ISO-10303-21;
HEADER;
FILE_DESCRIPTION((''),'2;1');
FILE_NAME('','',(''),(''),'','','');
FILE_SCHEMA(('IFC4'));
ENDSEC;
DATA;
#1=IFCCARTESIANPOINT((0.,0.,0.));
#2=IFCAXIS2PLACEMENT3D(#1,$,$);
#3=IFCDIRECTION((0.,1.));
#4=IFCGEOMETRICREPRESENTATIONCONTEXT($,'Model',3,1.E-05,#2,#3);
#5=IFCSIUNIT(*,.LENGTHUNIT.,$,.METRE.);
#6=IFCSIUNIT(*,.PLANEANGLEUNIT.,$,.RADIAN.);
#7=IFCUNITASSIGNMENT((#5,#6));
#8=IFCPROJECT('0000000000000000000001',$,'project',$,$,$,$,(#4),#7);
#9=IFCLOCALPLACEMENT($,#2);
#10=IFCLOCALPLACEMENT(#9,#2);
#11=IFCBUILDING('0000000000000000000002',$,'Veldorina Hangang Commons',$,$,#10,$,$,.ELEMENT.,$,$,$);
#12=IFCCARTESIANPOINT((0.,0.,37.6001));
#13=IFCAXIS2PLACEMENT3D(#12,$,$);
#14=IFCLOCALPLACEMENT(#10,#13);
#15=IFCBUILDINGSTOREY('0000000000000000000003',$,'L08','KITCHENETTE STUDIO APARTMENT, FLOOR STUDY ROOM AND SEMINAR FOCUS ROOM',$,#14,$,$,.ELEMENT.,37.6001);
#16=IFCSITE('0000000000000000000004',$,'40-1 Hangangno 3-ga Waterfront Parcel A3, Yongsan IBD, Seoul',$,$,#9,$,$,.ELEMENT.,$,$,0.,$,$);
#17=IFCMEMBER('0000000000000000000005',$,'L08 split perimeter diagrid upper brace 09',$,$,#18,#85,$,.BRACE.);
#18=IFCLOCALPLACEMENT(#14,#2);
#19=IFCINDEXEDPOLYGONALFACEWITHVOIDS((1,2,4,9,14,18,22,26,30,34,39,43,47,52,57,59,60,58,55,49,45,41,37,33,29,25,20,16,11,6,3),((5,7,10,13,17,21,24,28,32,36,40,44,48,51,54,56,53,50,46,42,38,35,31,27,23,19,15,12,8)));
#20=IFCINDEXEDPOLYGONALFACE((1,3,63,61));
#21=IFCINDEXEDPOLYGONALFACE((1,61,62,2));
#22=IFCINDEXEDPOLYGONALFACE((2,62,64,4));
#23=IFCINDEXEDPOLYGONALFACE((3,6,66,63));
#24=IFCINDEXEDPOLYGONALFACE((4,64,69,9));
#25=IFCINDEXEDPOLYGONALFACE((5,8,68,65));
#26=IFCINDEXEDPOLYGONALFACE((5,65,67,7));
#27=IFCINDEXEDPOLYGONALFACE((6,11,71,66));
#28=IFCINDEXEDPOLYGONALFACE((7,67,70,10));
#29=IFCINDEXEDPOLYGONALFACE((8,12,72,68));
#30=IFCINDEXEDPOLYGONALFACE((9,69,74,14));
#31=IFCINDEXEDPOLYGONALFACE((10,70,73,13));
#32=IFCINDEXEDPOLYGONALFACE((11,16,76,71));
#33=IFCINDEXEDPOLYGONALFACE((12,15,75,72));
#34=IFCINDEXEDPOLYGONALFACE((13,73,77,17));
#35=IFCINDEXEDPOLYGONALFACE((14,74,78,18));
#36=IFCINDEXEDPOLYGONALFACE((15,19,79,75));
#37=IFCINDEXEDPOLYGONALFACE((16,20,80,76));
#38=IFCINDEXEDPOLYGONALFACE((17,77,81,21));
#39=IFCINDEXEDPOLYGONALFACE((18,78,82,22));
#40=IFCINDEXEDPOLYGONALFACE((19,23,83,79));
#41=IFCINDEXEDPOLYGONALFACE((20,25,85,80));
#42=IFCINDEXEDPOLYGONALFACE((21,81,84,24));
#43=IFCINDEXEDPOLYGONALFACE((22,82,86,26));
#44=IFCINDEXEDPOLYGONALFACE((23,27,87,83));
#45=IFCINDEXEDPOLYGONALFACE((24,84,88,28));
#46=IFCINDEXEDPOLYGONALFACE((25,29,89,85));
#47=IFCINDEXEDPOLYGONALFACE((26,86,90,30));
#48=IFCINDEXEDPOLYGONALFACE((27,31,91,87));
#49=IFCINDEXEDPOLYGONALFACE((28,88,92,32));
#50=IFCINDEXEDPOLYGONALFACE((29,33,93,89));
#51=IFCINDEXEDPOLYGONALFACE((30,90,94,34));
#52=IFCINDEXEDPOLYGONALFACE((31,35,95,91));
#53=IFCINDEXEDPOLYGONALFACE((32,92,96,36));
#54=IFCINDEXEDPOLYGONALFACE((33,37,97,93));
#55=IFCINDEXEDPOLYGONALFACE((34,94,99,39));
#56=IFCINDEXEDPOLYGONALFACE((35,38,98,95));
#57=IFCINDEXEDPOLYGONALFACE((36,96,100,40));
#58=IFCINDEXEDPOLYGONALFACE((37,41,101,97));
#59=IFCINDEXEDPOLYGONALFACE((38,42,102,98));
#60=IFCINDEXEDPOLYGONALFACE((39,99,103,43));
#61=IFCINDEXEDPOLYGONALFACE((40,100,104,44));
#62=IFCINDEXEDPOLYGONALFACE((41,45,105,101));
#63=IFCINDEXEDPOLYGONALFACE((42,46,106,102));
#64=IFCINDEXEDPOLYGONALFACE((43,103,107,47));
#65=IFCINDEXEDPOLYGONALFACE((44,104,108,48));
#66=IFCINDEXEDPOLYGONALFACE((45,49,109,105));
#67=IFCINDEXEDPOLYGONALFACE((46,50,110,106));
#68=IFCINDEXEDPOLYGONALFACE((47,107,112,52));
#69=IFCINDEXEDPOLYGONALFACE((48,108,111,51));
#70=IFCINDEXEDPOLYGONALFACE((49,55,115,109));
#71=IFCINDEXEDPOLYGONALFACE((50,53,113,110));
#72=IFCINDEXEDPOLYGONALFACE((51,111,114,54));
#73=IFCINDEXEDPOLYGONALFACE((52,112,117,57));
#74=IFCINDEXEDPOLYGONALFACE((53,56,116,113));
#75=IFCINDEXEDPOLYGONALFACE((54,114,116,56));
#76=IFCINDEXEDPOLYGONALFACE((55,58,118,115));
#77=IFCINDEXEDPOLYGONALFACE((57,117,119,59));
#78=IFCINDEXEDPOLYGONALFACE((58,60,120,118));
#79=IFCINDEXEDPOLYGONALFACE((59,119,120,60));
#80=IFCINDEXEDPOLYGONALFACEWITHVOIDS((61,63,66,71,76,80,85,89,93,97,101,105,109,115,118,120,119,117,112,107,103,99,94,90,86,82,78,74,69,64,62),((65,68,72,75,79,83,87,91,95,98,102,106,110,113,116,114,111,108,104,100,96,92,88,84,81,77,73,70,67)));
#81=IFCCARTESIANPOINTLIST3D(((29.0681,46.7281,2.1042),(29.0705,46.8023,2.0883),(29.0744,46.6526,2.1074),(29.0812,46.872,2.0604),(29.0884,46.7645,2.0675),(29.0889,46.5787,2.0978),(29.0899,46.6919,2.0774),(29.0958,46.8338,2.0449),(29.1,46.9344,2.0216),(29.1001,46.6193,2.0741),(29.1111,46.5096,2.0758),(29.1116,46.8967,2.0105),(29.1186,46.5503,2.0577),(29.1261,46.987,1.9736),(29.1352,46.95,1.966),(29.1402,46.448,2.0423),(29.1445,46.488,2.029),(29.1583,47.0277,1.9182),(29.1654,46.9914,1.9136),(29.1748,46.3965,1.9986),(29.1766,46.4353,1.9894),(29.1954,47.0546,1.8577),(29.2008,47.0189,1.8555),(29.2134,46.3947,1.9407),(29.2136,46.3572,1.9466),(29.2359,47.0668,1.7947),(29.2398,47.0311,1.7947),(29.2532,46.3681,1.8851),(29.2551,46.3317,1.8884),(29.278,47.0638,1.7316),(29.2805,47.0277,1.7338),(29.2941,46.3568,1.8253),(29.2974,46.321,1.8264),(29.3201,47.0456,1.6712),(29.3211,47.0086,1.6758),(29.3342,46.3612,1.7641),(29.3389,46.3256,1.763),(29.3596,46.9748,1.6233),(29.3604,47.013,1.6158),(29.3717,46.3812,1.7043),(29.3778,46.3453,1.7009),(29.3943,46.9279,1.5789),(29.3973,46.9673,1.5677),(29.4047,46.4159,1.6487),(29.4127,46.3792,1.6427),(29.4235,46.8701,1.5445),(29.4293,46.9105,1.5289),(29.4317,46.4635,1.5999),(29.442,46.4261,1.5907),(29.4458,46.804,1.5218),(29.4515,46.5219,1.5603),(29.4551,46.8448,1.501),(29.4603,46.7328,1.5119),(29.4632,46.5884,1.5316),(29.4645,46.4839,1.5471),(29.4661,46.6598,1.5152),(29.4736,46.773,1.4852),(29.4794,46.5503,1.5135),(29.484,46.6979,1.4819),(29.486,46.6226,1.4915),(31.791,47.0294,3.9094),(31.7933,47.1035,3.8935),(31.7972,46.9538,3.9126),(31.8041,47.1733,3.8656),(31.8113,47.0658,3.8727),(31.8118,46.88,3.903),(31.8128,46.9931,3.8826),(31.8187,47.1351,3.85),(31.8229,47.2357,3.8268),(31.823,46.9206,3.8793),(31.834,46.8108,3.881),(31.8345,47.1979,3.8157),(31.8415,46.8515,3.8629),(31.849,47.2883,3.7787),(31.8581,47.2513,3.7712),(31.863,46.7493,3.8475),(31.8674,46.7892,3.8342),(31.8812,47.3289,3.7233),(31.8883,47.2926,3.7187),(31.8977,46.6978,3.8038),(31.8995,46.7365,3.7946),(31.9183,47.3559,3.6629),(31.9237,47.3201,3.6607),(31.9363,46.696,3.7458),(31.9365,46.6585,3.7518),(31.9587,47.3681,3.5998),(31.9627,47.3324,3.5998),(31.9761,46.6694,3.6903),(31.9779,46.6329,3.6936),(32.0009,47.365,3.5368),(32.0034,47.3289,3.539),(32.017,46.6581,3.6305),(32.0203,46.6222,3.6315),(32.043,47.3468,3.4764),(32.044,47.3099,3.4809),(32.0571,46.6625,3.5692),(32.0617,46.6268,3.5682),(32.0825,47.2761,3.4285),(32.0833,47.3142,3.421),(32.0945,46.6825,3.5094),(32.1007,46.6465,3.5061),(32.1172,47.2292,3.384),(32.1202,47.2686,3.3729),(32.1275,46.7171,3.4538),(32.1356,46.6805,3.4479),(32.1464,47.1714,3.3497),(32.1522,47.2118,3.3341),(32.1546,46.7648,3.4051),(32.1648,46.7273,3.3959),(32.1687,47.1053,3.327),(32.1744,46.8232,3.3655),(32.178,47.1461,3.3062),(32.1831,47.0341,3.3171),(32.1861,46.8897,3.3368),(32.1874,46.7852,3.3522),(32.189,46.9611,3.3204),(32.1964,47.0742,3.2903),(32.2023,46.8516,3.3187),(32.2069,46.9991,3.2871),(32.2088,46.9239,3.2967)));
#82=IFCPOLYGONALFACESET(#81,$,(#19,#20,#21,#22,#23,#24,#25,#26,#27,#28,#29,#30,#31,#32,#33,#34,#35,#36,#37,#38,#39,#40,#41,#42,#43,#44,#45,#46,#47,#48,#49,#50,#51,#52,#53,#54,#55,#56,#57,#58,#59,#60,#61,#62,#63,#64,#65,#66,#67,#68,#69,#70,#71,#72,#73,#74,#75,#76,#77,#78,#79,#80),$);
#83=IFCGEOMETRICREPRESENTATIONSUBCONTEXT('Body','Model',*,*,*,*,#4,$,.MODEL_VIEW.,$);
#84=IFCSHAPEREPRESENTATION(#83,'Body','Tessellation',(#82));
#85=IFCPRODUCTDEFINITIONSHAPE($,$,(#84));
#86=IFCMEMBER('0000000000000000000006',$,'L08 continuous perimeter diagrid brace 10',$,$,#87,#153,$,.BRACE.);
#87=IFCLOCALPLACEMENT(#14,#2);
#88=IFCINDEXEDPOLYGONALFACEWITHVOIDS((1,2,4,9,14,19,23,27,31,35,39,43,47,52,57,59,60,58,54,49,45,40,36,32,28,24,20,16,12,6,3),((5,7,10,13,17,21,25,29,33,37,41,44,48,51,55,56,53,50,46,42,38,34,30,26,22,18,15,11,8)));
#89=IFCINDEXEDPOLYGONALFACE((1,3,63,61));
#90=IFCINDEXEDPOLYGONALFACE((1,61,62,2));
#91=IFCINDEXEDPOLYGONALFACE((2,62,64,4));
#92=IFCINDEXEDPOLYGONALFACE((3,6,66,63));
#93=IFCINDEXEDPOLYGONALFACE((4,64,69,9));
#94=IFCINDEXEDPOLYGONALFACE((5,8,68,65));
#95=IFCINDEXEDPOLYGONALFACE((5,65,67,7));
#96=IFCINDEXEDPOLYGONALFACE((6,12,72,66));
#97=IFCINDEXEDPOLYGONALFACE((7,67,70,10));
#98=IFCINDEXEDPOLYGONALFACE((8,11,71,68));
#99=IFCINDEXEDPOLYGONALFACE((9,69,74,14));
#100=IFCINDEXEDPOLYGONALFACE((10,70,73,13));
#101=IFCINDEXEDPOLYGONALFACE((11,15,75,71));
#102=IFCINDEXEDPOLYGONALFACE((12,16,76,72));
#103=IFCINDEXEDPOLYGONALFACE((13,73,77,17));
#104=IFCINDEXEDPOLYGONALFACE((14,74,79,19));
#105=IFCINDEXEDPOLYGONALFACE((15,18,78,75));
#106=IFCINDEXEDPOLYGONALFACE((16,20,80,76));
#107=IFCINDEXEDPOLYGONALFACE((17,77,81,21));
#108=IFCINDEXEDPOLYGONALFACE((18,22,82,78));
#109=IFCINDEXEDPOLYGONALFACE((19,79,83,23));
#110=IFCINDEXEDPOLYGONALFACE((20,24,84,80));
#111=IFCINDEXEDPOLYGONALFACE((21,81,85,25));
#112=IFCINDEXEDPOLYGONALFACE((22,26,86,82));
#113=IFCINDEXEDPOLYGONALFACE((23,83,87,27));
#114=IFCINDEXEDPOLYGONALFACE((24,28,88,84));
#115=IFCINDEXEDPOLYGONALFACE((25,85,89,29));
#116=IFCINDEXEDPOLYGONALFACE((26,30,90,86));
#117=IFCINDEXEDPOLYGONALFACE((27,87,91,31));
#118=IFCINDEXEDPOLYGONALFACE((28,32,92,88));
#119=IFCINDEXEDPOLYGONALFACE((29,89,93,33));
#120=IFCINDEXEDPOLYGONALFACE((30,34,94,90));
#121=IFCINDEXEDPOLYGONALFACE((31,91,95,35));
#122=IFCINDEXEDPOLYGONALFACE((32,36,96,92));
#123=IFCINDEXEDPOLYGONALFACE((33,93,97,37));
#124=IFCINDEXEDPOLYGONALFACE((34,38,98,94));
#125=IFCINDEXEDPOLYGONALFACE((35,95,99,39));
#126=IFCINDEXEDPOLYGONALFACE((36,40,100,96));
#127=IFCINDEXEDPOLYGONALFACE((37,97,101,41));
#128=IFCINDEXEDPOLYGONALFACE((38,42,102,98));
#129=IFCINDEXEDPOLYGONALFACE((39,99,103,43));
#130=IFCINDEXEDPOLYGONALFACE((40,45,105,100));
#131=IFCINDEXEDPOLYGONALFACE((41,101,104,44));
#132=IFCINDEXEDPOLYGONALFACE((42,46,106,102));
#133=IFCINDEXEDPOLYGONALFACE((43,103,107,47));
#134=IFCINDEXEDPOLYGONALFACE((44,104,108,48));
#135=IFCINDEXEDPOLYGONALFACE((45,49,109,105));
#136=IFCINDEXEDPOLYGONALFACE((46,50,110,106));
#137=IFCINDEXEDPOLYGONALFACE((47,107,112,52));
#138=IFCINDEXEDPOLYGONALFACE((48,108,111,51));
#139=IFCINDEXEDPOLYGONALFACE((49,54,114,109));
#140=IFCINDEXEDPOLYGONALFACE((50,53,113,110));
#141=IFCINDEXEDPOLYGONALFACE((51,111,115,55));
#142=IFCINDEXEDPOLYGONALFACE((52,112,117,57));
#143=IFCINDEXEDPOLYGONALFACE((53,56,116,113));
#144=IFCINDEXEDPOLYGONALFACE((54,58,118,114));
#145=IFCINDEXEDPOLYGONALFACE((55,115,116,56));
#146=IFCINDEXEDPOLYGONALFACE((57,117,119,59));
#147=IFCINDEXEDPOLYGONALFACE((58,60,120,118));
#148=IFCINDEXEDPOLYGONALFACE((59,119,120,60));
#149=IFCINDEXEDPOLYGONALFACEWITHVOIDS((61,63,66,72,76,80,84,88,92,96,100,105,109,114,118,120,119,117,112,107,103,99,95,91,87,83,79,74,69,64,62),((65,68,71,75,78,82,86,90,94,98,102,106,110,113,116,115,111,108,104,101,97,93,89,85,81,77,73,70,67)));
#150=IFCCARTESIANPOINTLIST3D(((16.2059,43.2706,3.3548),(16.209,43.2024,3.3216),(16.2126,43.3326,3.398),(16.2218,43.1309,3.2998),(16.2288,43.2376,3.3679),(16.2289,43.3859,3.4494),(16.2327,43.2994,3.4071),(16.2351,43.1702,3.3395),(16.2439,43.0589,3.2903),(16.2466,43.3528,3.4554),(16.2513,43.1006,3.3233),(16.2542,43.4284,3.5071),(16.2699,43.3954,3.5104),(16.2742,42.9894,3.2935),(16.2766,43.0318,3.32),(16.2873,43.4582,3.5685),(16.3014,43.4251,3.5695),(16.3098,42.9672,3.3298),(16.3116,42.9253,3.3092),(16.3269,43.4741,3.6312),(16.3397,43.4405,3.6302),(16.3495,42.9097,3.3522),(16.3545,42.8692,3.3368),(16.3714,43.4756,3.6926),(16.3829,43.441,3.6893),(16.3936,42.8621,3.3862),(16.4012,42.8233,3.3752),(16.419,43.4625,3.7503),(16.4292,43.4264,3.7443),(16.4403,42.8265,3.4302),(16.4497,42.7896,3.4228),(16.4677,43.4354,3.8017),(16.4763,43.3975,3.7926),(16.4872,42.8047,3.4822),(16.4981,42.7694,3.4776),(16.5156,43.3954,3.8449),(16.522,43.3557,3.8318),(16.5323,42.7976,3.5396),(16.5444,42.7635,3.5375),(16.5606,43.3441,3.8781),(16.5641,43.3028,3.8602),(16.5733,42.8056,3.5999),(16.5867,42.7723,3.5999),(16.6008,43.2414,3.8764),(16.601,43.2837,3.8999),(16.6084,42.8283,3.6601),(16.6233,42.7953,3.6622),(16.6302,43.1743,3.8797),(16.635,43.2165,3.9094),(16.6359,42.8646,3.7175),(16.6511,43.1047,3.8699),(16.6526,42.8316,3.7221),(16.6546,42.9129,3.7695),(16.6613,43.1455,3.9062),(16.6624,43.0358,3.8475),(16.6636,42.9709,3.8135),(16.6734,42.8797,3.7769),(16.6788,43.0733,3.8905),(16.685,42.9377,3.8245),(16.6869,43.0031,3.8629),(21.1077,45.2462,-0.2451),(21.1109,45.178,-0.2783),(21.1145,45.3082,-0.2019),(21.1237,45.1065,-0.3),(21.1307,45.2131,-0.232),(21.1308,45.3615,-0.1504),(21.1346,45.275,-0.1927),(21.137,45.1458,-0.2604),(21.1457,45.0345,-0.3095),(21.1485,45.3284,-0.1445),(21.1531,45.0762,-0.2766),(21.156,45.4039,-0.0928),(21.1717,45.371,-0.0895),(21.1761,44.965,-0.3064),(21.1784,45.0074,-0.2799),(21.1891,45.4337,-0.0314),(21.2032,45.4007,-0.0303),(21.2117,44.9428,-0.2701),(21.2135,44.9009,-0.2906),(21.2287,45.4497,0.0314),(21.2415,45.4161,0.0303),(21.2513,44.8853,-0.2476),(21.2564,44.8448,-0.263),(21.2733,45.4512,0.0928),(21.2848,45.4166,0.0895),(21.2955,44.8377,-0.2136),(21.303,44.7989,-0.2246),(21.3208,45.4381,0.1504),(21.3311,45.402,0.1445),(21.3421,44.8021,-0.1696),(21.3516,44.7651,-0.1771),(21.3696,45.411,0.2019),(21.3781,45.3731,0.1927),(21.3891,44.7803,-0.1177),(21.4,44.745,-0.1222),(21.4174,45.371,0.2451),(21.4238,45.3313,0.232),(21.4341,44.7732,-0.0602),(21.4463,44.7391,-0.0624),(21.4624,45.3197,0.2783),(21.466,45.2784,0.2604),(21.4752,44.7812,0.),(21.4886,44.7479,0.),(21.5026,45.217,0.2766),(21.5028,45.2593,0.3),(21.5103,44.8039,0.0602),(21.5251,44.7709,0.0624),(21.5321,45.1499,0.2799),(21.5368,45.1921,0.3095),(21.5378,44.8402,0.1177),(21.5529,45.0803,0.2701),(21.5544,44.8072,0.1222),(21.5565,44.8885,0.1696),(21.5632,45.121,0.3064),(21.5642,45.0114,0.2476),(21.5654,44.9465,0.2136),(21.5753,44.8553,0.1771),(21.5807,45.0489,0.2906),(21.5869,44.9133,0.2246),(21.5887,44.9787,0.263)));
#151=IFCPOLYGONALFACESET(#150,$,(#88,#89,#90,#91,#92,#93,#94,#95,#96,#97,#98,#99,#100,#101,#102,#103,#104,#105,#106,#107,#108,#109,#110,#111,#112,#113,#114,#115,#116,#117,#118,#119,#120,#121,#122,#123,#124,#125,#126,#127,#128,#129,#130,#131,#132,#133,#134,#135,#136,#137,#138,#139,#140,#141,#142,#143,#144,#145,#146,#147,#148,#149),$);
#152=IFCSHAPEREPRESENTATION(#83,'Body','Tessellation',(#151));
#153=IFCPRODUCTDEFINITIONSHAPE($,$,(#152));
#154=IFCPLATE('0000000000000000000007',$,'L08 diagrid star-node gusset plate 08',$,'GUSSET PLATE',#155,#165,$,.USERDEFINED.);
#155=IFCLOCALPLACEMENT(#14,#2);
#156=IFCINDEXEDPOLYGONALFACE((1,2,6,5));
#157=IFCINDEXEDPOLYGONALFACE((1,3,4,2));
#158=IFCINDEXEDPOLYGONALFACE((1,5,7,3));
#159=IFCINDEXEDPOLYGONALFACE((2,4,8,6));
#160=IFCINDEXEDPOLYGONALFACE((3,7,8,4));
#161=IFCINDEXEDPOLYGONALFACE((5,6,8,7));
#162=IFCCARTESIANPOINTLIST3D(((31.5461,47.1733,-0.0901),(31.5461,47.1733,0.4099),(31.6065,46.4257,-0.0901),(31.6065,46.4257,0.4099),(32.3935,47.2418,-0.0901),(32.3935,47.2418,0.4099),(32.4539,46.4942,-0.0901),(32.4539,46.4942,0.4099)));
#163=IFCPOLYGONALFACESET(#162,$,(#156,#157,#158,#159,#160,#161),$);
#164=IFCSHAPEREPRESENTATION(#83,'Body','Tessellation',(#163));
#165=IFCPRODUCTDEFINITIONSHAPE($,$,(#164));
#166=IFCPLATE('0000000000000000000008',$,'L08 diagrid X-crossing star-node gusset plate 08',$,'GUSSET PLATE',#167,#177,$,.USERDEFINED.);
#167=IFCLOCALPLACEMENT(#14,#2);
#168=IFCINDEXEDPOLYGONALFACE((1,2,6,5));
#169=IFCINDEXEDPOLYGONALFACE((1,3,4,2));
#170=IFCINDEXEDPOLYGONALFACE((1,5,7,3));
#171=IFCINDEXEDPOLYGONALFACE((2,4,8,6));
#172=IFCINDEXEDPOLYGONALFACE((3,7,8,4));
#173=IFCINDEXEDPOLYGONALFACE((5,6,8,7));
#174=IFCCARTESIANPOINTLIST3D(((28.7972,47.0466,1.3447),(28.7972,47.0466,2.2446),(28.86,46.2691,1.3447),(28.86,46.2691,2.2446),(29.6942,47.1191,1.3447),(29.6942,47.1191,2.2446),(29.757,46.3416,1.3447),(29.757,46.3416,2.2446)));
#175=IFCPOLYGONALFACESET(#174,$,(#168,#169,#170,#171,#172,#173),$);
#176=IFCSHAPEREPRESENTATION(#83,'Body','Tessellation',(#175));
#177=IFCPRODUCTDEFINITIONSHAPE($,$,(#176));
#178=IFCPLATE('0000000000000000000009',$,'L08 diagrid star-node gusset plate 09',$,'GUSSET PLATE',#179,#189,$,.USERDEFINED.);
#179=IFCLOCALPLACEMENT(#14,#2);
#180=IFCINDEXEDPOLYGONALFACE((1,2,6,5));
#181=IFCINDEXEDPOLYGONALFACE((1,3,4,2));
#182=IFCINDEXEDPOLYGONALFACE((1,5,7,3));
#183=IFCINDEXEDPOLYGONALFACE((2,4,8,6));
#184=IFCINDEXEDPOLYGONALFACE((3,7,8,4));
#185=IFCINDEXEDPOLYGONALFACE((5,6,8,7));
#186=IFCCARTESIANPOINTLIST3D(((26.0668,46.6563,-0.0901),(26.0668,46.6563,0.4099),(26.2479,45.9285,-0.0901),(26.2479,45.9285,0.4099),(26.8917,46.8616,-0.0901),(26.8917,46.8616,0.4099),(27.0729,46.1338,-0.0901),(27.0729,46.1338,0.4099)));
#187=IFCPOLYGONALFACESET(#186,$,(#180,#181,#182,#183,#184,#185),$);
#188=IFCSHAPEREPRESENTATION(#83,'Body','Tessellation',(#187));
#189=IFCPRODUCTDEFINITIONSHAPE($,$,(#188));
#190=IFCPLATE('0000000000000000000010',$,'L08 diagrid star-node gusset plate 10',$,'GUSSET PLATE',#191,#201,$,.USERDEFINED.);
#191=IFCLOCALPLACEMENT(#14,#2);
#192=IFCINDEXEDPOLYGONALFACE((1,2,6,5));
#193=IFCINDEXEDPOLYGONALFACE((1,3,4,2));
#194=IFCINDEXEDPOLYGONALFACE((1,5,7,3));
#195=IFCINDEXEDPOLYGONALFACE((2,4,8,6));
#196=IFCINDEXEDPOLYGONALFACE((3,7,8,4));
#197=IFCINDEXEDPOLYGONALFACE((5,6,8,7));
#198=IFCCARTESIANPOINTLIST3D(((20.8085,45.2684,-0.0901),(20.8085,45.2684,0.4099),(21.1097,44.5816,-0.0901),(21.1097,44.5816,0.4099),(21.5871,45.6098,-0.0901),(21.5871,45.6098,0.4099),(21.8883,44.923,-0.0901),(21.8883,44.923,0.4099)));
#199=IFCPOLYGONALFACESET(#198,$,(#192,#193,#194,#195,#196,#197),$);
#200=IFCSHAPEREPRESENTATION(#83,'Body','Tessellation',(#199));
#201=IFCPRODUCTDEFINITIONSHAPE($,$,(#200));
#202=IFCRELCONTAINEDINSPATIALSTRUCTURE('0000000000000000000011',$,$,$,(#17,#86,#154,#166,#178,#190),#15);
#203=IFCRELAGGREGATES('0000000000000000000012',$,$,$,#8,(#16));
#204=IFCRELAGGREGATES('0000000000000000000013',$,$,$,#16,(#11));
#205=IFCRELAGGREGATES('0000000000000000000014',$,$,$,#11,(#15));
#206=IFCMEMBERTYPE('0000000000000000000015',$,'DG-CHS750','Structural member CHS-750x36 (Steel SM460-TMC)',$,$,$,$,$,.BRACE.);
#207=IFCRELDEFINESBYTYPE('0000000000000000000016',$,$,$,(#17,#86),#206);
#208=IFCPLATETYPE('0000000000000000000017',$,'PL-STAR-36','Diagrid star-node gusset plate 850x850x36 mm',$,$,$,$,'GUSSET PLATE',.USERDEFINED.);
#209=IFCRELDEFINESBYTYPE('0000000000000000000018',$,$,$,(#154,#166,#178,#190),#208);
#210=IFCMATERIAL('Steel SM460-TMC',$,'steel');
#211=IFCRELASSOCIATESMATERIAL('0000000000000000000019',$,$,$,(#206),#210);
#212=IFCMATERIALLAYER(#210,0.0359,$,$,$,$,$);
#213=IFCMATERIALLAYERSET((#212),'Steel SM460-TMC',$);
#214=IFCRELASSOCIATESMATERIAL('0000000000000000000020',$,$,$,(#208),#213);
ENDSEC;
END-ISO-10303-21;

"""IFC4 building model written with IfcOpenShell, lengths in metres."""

from ifc_helpers import new_model, si_unit, direction, frame, origin, origin_2d, place, context, subcontext, project, spatial, rectangle, hollow_circle, extrude, material, layer, layer_set, material_profile, profile_set, type_object, element, save


model = new_model("IFC4")

# Units and contexts
model_context = context("Model", 3, precision=1e-05, world=origin(), true_north=direction((0.0, 1.0)))
body_context = subcontext(model_context, "Body", "Model", "MODEL_VIEW")
ifc_project = project(units=[si_unit("LENGTHUNIT", "METRE"), si_unit("PLANEANGLEUNIT", "RADIAN")], contexts=[model_context])

# Site, building, storey
site_placement = place(None, origin())
site = spatial("IfcSite", under=ifc_project, at=site_placement, Name="40-1 Hangangno 3-ga Waterfront Parcel A3, Yongsan IBD, Seoul", CompositionType="ELEMENT", RefElevation=0.0)
building_placement = place(site_placement, origin())
building = spatial("IfcBuilding", under=site, at=building_placement, Name="Veldorina Hangang Commons", CompositionType="ELEMENT")
storey_placement = place(building_placement, frame((0.0, 0.0, 37.6001)))
storey = spatial("IfcBuildingStorey", under=building, at=storey_placement, Name="L08", Description="KITCHENETTE STUDIO APARTMENT, FLOOR STUDY ROOM AND SEMINAR FOCUS ROOM", CompositionType="ELEMENT", Elevation=37.6001)

# Shared definitions
ifc_material_1 = material(Name="Steel SM460-TMC", Category="steel")

# Members
ifc_material_profile_1 = material_profile(ifc_material_1, hollow_circle(Radius=0.375, WallThickness=0.0359, at=origin_2d()), Name="CHS-750x36")
ifc_profile_set_1 = profile_set([ifc_material_profile_1], Name="Steel SM460-TMC")
member_type = type_object("IfcMemberType", Name="DG-CHS750", Description="Structural member CHS-750x36 (Steel SM460-TMC)", PredefinedType="BRACE", material=ifc_profile_set_1)
member_1_placement = place(storey_placement, frame((29.2771, 46.6941, 1.7947), z_axis=(0.829952, 0.091828, 0.550225), x_axis=(-0.109972, 0.993935, 0.0)))
element("IfcMember", 1, at=member_1_placement, inside=storey, type_object=member_type, Name="L08 split perimeter diagrid upper brace 09", PredefinedType="BRACE", context=body_context, shape_type="SweptSolid", body=[
    extrude(hollow_circle(Radius=0.375, WallThickness=0.0359, at=origin_2d()), origin(), (0.0, 0.0, 1.0), 3.2808),
])
member_2_placement = place(storey_placement, frame((21.3484, 45.0957, 0.0), z_axis=(-0.76657, -0.308949, 0.562958), x_axis=(0.373811, -0.927505, 0.0)))
element("IfcMember", 2, at=member_2_placement, inside=storey, type_object=member_type, Name="L08 continuous perimeter diagrid brace 10", PredefinedType="BRACE", context=body_context, shape_type="SweptSolid", body=[
    extrude(hollow_circle(Radius=0.375, WallThickness=0.0359, at=origin_2d()), origin(), (0.0, 0.0, 1.0), 6.3945),
])

# Plates
ifc_layer_1 = layer(ifc_material_1, 0.0359)
ifc_layer_set_1 = layer_set([ifc_layer_1], Name="Steel SM460-TMC")
plate_type = type_object("IfcPlateType", Name="PL-STAR-36", Description="Diagrid star-node gusset plate 850x850x36 mm", ElementType="GUSSET PLATE", PredefinedType="USERDEFINED", material=ifc_layer_set_1)
plate_1_placement = place(storey_placement, frame((32.0, 46.8337, -0.0901), z_axis=(0.0, 0.0, 1.0), x_axis=(-0.996752, -0.080529, 0.0)))
element("IfcPlate", 3, at=plate_1_placement, inside=storey, type_object=plate_type, Name="L08 diagrid star-node gusset plate 08", ObjectType="GUSSET PLATE", PredefinedType="USERDEFINED", context=body_context, shape_type="SweptSolid", body=[
    extrude(rectangle(XDim=0.8501, YDim=0.75, at=origin_2d()), origin(), (0.0, 0.0, 1.0), 0.5),
])
plate_2_placement = place(storey_placement, frame((29.2771, 46.6941, 1.3447), z_axis=(0.0, 0.0, 1.0), x_axis=(-0.996752, -0.080529, 0.0)))
element("IfcPlate", 4, at=plate_2_placement, inside=storey, type_object=plate_type, Name="L08 diagrid X-crossing star-node gusset plate 08", ObjectType="GUSSET PLATE", PredefinedType="USERDEFINED", context=body_context, shape_type="SweptSolid", body=[
    extrude(rectangle(XDim=0.8999, YDim=0.78, at=origin_2d()), origin(), (0.0, 0.0, 1.0), 0.8999),
])
for number, where, z_axis, x_axis, name in (
    (5, (26.5698, 46.395, -0.0901), (0.0, 0.0, 1.0), (-0.970401, -0.241499, 0.0), "L08 diagrid star-node gusset plate 09"),
    (6, (21.3484, 45.0957, -0.0901), (0.0, 0.0, 1.0), (-0.915824, -0.40158, 0.0), "L08 diagrid star-node gusset plate 10"),
):
    element("IfcPlate", number, at=place(storey_placement, frame(where, z_axis=z_axis, x_axis=x_axis)), inside=storey, type_object=plate_type, Name=name, ObjectType="GUSSET PLATE", PredefinedType="USERDEFINED", context=body_context, shape_type="SweptSolid", body=[
        extrude(rectangle(XDim=0.8501, YDim=0.75, at=origin_2d()), origin(), (0.0, 0.0, 1.0), 0.5),
    ])

save(model, "model.ifc")
